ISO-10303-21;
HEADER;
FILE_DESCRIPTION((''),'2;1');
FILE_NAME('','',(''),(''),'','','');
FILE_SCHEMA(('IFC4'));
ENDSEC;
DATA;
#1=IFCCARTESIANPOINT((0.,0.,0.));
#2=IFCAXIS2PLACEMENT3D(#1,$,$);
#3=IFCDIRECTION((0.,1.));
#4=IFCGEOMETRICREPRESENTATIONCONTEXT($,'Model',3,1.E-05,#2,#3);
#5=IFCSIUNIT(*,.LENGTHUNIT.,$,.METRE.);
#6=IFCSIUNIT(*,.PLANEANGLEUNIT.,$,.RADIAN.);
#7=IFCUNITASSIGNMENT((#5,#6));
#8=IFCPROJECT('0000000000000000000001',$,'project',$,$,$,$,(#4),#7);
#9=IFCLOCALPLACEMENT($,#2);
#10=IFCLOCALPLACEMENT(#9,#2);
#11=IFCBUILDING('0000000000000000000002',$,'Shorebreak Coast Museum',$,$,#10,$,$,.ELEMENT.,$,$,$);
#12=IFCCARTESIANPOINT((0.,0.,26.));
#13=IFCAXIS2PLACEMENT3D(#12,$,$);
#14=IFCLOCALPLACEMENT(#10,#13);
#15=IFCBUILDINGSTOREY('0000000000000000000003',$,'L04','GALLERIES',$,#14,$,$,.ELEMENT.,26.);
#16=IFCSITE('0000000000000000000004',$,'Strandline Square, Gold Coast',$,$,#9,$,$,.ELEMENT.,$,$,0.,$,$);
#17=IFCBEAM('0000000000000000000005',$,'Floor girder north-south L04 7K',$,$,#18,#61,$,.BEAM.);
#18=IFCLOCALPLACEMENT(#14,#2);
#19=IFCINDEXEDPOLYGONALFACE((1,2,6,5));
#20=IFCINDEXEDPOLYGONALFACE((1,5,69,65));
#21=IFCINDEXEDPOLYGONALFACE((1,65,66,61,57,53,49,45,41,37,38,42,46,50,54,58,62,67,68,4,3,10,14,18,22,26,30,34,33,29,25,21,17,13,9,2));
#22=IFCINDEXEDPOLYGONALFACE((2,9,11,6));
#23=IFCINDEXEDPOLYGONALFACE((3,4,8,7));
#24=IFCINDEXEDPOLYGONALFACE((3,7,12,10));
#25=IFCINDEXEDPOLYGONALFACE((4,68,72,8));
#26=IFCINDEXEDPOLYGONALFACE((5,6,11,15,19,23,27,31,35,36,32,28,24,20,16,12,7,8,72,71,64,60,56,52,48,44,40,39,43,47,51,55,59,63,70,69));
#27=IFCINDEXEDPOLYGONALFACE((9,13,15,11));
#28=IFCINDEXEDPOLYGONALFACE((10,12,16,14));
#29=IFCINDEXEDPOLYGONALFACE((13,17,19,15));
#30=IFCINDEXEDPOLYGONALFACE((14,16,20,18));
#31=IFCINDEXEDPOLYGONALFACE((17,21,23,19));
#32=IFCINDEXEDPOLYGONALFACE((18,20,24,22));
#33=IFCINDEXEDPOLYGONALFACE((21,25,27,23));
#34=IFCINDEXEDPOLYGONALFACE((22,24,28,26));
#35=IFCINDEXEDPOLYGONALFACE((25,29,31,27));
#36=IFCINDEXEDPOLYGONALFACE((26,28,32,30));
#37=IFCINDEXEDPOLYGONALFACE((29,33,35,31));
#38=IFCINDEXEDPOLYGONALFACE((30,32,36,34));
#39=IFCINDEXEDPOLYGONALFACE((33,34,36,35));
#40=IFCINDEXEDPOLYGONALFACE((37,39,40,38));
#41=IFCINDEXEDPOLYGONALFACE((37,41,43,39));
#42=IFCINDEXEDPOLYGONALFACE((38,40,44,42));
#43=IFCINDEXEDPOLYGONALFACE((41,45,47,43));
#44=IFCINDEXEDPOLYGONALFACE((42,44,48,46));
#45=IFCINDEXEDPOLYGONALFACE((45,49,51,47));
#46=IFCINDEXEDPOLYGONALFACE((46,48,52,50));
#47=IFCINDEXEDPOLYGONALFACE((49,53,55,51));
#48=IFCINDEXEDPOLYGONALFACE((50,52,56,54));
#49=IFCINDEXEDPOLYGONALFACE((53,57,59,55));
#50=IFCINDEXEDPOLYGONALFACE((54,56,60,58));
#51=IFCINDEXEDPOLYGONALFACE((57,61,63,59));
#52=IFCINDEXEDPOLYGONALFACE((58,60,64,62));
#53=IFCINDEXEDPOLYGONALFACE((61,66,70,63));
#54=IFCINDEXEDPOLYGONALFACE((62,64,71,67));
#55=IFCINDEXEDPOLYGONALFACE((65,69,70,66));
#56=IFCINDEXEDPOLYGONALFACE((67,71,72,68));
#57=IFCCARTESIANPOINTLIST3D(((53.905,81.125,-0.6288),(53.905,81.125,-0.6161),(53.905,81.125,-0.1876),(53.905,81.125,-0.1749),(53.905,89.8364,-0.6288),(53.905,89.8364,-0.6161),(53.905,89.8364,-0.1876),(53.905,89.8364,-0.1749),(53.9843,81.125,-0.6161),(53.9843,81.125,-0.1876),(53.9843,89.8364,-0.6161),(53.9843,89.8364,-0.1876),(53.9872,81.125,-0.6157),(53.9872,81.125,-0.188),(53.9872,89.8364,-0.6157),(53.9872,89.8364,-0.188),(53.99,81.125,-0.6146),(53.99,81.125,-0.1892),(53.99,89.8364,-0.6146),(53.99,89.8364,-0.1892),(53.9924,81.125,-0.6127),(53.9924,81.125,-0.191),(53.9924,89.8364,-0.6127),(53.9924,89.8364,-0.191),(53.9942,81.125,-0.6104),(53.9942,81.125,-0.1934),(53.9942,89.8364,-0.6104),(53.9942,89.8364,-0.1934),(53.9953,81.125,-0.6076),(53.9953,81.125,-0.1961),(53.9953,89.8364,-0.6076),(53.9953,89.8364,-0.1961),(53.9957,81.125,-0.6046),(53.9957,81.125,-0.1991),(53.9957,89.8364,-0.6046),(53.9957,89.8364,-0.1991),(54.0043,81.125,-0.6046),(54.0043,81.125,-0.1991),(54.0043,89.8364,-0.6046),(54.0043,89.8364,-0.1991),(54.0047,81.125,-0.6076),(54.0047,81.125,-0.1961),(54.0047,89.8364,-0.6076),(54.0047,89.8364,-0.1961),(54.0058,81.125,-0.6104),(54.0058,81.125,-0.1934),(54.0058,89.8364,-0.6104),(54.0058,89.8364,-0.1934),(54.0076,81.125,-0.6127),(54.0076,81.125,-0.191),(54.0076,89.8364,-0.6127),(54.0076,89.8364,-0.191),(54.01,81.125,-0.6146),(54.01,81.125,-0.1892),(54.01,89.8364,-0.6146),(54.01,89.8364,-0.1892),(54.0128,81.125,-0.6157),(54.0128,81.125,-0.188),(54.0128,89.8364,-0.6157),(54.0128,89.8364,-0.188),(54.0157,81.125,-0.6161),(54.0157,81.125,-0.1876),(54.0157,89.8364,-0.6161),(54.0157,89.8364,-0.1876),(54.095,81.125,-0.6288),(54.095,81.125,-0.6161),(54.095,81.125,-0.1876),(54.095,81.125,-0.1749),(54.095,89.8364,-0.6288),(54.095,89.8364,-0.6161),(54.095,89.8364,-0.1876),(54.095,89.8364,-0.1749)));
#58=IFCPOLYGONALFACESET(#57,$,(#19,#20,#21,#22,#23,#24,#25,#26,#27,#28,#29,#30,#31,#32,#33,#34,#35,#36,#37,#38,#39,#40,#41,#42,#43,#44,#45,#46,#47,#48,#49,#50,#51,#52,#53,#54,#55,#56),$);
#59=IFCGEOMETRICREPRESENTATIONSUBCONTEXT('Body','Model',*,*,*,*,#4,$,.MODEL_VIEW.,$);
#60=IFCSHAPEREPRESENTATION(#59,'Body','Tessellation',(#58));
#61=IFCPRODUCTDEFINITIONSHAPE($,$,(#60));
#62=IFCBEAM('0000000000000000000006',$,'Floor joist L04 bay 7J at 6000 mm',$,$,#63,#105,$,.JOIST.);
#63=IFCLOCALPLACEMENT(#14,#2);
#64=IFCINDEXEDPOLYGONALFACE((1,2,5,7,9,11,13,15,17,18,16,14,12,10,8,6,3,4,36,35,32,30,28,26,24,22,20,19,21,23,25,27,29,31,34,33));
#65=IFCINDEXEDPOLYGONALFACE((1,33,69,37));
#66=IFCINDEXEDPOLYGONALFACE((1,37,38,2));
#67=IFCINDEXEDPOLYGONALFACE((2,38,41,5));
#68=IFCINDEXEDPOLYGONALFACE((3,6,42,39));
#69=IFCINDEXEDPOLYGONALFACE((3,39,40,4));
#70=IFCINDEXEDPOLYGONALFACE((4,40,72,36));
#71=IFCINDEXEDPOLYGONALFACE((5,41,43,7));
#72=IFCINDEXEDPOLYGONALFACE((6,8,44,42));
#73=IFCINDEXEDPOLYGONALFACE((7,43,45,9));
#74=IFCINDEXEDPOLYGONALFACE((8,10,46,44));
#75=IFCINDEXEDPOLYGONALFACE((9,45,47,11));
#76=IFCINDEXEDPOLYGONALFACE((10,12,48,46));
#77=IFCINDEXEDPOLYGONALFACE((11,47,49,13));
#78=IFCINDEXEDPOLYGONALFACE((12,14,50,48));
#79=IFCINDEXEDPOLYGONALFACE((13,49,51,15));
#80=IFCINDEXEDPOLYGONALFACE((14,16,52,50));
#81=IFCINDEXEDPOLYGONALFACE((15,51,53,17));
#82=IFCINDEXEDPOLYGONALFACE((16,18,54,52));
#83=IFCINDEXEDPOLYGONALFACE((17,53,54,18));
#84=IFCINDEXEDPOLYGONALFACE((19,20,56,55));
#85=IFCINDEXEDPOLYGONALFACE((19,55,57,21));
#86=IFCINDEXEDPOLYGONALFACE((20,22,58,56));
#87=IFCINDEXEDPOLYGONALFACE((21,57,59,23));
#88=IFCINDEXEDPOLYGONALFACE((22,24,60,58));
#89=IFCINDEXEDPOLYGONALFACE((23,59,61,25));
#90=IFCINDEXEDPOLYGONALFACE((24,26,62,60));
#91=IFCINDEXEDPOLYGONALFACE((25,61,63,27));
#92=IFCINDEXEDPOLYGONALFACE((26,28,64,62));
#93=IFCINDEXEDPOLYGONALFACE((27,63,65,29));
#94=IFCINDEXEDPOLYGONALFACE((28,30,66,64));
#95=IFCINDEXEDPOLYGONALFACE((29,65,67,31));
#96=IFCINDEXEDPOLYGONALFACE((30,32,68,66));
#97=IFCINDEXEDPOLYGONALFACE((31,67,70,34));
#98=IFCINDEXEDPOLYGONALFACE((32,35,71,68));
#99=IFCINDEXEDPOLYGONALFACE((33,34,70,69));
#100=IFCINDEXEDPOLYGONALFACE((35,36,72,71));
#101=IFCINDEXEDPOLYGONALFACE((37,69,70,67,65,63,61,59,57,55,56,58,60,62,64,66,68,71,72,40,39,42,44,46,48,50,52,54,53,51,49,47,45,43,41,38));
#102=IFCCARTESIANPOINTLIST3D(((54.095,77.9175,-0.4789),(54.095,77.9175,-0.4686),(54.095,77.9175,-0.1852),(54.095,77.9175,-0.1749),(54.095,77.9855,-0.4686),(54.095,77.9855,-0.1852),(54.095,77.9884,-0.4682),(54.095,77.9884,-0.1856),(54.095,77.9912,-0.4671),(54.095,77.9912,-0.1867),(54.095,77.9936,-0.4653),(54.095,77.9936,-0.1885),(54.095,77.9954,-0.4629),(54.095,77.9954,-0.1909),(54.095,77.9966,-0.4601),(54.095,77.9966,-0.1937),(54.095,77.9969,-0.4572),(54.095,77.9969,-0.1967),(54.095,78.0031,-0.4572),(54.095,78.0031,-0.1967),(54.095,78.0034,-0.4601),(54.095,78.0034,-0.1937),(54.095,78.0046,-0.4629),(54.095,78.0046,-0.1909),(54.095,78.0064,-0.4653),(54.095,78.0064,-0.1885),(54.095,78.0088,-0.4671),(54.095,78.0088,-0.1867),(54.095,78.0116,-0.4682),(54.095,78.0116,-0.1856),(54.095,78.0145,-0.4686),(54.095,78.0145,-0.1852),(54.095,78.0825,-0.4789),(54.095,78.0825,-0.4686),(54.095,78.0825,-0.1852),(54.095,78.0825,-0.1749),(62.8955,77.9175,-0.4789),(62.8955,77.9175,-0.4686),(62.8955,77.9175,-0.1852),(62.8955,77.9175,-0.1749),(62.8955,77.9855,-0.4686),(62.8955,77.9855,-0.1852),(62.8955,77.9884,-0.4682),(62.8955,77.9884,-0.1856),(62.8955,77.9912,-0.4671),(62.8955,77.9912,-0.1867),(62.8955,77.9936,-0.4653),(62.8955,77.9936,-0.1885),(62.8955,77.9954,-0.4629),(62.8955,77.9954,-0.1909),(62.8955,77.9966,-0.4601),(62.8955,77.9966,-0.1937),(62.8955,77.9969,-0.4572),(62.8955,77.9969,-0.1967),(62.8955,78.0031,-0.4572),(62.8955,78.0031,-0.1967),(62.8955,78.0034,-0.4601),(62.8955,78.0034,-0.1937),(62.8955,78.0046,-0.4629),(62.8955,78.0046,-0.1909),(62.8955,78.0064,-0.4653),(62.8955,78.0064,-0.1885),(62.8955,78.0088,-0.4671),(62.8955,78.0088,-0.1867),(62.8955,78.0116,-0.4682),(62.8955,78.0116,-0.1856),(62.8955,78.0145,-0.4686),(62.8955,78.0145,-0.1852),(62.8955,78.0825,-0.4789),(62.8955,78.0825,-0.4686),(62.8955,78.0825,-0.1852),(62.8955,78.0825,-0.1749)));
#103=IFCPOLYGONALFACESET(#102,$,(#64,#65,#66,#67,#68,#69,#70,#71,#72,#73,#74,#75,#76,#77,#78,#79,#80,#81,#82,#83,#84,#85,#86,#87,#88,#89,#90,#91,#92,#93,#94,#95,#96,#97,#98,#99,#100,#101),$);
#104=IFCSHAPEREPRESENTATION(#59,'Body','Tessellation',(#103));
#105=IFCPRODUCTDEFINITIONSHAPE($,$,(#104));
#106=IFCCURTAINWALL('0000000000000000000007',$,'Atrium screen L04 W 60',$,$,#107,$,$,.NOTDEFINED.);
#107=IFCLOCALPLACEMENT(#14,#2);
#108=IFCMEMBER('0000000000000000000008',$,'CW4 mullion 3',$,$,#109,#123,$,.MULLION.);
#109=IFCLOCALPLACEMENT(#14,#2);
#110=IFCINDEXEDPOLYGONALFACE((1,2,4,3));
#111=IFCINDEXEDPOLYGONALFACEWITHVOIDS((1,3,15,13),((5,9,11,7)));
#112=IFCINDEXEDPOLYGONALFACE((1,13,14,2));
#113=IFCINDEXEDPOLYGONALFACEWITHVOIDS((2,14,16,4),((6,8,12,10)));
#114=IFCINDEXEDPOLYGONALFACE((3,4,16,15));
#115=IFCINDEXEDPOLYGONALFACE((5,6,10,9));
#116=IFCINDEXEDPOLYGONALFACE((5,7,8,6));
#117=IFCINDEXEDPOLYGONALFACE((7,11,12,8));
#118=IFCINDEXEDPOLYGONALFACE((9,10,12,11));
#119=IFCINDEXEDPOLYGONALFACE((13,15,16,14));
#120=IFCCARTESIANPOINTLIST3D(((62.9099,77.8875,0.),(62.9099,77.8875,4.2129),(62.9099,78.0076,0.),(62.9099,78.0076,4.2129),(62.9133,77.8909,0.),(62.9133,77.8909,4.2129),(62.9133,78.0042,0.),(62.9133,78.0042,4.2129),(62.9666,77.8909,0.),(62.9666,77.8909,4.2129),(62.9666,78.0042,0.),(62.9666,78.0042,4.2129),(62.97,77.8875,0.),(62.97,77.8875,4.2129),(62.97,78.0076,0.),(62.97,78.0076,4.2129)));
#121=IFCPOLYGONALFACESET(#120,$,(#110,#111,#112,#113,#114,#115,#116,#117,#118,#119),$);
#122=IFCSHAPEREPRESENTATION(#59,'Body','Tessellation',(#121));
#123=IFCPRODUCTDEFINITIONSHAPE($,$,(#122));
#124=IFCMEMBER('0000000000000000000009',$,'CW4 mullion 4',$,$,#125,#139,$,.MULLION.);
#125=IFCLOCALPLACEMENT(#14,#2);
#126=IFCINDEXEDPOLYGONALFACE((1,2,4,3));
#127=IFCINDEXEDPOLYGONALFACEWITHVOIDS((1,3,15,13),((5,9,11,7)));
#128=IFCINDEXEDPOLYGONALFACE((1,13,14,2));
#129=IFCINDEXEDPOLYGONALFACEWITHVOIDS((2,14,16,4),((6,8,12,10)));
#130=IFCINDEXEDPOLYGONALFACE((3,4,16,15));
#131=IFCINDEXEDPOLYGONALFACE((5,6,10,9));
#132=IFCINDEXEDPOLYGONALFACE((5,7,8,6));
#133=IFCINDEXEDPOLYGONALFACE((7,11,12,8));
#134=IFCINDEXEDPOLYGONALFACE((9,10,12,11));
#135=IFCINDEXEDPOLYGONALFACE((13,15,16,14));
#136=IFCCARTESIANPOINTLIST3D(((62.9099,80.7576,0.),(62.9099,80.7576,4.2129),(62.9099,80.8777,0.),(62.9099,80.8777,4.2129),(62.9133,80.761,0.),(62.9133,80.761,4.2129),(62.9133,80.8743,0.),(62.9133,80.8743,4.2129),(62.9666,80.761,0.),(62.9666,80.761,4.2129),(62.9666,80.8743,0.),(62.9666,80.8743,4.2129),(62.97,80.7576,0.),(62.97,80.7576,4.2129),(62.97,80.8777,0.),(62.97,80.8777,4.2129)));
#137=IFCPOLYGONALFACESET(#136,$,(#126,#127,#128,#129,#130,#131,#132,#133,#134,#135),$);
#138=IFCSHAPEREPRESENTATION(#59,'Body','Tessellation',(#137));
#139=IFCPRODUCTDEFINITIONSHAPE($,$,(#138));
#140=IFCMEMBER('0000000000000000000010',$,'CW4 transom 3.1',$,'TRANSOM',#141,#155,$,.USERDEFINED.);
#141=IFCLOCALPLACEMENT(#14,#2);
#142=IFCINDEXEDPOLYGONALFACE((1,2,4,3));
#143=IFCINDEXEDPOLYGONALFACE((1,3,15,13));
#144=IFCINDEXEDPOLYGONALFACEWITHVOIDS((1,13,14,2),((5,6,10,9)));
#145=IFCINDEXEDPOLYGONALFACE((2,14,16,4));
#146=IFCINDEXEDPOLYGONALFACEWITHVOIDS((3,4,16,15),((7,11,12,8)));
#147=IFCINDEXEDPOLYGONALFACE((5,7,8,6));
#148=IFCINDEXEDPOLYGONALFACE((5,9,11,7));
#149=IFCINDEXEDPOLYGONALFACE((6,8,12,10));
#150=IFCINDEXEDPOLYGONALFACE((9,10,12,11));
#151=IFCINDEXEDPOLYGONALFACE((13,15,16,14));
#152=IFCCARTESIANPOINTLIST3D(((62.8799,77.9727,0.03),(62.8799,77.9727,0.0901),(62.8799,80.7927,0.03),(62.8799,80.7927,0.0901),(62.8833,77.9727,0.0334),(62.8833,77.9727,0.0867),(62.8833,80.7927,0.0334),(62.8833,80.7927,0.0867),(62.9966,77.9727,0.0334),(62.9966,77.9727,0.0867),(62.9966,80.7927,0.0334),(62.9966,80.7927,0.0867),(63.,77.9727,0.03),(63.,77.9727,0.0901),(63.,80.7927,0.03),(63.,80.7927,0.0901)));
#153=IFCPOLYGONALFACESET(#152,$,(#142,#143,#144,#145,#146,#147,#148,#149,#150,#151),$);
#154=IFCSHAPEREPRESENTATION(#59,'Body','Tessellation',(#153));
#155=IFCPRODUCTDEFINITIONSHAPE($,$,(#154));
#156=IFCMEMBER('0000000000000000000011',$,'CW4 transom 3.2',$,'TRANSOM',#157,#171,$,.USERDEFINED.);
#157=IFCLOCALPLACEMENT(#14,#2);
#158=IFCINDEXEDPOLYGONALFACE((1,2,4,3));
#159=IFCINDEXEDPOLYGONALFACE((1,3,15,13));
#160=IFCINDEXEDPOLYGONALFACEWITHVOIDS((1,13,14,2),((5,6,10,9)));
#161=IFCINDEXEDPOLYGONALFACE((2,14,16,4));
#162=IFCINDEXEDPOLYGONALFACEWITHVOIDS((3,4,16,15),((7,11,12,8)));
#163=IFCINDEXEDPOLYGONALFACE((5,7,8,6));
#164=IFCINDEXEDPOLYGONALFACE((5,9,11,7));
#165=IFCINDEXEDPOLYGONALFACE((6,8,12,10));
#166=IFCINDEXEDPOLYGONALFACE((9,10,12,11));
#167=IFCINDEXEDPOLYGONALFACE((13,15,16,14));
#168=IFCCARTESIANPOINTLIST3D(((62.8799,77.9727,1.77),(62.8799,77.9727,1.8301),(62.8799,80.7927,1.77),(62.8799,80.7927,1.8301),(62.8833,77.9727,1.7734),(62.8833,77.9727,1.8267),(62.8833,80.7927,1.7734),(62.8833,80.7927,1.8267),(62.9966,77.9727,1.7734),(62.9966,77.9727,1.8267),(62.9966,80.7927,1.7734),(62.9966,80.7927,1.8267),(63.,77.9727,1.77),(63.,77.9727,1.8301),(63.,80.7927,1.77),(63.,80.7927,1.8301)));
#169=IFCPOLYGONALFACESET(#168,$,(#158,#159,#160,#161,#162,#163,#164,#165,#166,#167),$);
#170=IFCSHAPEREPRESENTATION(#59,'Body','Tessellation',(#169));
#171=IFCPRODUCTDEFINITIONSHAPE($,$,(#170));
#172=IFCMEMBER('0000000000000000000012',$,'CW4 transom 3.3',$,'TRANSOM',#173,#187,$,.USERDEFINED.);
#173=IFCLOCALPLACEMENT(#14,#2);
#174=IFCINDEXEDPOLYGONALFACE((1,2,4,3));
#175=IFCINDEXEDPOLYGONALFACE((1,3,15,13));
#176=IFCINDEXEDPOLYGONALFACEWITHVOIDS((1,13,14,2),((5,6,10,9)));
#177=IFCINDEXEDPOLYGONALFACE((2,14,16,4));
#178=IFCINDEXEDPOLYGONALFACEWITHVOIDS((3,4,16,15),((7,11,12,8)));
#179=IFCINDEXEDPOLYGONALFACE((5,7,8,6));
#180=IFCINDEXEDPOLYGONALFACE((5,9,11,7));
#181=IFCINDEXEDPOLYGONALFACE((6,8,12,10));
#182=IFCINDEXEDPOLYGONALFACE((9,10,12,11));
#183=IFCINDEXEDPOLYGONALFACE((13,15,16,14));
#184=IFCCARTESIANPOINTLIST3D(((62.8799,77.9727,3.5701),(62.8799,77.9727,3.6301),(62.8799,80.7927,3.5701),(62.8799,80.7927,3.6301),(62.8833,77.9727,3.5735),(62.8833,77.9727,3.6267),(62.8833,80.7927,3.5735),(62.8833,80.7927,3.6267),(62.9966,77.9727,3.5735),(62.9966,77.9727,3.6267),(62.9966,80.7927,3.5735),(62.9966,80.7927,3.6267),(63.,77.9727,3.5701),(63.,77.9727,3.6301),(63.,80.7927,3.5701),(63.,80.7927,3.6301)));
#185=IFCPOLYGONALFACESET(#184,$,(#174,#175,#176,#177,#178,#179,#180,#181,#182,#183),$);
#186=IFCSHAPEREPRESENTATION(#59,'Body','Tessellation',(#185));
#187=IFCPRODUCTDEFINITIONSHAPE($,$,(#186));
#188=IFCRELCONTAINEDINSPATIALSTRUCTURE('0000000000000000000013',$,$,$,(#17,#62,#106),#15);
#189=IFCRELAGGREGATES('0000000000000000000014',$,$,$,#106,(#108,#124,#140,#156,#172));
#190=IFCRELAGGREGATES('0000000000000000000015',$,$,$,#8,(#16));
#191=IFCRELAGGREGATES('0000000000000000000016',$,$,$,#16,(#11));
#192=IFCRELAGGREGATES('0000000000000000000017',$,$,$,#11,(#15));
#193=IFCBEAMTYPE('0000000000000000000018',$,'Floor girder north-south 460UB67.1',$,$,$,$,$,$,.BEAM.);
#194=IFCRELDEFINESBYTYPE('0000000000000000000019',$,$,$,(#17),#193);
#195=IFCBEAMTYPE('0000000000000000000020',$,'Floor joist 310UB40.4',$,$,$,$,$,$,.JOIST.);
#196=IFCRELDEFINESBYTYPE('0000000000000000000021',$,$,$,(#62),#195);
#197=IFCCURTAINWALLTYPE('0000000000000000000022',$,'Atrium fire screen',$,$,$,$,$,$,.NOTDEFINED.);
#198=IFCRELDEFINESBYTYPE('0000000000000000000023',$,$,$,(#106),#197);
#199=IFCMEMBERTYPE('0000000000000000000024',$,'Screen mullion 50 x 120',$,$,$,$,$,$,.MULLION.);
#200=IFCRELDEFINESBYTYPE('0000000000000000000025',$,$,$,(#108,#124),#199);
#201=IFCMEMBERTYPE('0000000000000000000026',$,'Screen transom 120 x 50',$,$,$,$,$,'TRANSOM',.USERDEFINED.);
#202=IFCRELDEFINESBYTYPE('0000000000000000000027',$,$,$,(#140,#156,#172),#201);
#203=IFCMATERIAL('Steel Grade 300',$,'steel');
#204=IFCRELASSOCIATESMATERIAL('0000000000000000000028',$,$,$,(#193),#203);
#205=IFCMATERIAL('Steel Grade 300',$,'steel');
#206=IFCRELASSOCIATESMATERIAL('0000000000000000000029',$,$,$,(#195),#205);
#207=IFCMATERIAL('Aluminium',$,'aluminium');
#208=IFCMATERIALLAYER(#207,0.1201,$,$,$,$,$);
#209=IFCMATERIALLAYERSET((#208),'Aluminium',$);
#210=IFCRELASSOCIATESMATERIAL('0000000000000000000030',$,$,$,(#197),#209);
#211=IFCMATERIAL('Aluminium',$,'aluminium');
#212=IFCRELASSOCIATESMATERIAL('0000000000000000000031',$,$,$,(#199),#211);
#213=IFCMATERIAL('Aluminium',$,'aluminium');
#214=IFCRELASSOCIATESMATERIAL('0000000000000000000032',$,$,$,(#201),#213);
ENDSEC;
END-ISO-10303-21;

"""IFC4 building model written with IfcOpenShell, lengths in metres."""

from ifc_helpers import new_model, si_unit, direction, frame, origin, origin_2d, place, context, subcontext, project, spatial, hollow_rectangle, i_section, extrude, material, layer, layer_set, material_profile, profile_set, type_object, element, aggregate, save


model = new_model("IFC4")

# Units and contexts
model_context = context("Model", 3, precision=1e-05, world=origin(), true_north=direction((0.0, 1.0)))
body_context = subcontext(model_context, "Body", "Model", "MODEL_VIEW")
ifc_project = project(units=[si_unit("LENGTHUNIT", "METRE"), si_unit("PLANEANGLEUNIT", "RADIAN")], contexts=[model_context])

# Site, building, storey
site_placement = place(None, origin())
site = spatial("IfcSite", under=ifc_project, at=site_placement, Name="Strandline Square, Gold Coast", CompositionType="ELEMENT", RefElevation=0.0)
building_placement = place(site_placement, origin())
building = spatial("IfcBuilding", under=site, at=building_placement, Name="Shorebreak Coast Museum", CompositionType="ELEMENT")
storey_placement = place(building_placement, frame((0.0, 0.0, 26.0)))
storey = spatial("IfcBuildingStorey", under=building, at=storey_placement, Name="L04", Description="GALLERIES", CompositionType="ELEMENT", Elevation=26.0)

# Beams
ifc_material_1 = material(Name="Steel Grade 300", Category="steel")
ifc_material_profile_1 = material_profile(ifc_material_1, i_section(OverallWidth=0.1899, OverallDepth=0.4539, WebThickness=0.0085, FlangeThickness=0.0127, FilletRadius=0.0115, at=origin_2d()), Name="460UB67.1")
ifc_profile_set_1 = profile_set([ifc_material_profile_1], Name="Steel Grade 300")
beam_type_1 = type_object("IfcBeamType", Name="Floor girder north-south 460UB67.1", PredefinedType="BEAM", material=ifc_profile_set_1)
beam_1_placement = place(storey_placement, frame((54.0, 81.125, -0.4019), z_axis=(0.0, 1.0, 0.0), x_axis=(-1.0, 0.0, 0.0)))
element("IfcBeam", 1, at=beam_1_placement, inside=storey, type_object=beam_type_1, Name="Floor girder north-south L04 7K", PredefinedType="BEAM", context=body_context, shape_type="SweptSolid", body=[
    extrude(i_section(OverallWidth=0.1899, OverallDepth=0.4539, WebThickness=0.0085, FlangeThickness=0.0127, FilletRadius=0.0115, at=origin_2d()), origin(), (0.0, 0.0, 1.0), 8.7114),
])
ifc_material_2 = material(Name="Steel Grade 300", Category="steel")
ifc_material_profile_2 = material_profile(ifc_material_2, i_section(OverallWidth=0.165, OverallDepth=0.304, WebThickness=0.0061, FlangeThickness=0.0103, FilletRadius=0.0115, at=origin_2d()), Name="310UB40.4")
ifc_profile_set_2 = profile_set([ifc_material_profile_2], Name="Steel Grade 300")
beam_type_2 = type_object("IfcBeamType", Name="Floor joist 310UB40.4", PredefinedType="JOIST", material=ifc_profile_set_2)
beam_2_placement = place(storey_placement, frame((54.095, 78.0, -0.3269), z_axis=(1.0, 0.0, 0.0), x_axis=(0.0, 1.0, 0.0)))
element("IfcBeam", 2, at=beam_2_placement, inside=storey, type_object=beam_type_2, Name="Floor joist L04 bay 7J at 6000 mm", PredefinedType="JOIST", context=body_context, shape_type="SweptSolid", body=[
    extrude(i_section(OverallWidth=0.165, OverallDepth=0.304, WebThickness=0.0061, FlangeThickness=0.0103, FilletRadius=0.0115, at=origin_2d()), origin(), (0.0, 0.0, 1.0), 8.8005),
])

# Curtain wall, members
ifc_material_3 = material(Name="Aluminium", Category="aluminium")
ifc_layer_1 = layer(ifc_material_3, 0.1201)
ifc_layer_set_1 = layer_set([ifc_layer_1], Name="Aluminium")
curtain_wall_type_1 = type_object("IfcCurtainWallType", Name="Atrium fire screen", PredefinedType="NOTDEFINED", material=ifc_layer_set_1)
curtain_wall_1_placement = place(storey_placement, origin())
curtain_wall_1 = element("IfcCurtainWall", 3, at=curtain_wall_1_placement, inside=storey, type_object=curtain_wall_type_1, Name="Atrium screen L04 W 60", PredefinedType="NOTDEFINED")
ifc_material_4 = material(Name="Aluminium", Category="aluminium")
ifc_material_profile_3 = material_profile(ifc_material_4, hollow_rectangle(XDim=0.0601, YDim=0.1201, WallThickness=0.0034, at=origin_2d()), Name="AL 120x60 RHS")
ifc_profile_set_3 = profile_set([ifc_material_profile_3], Name="Aluminium")
member_type_1 = type_object("IfcMemberType", Name="Screen mullion 50 x 120", PredefinedType="MULLION", material=ifc_profile_set_3)
member_1_placement = place(storey_placement, frame((62.9399, 77.9475, 0.0), z_axis=(0.0, 0.0, 1.0), x_axis=(-1.0, 0.0, 0.0)))
member_1 = element("IfcMember", 4, at=member_1_placement, type_object=member_type_1, Name="CW4 mullion 3", PredefinedType="MULLION", context=body_context, shape_type="SweptSolid", body=[
    extrude(hollow_rectangle(XDim=0.0601, YDim=0.1201, WallThickness=0.0034, at=origin_2d()), origin(), (0.0, 0.0, 1.0), 4.2129),
])
member_2_placement = place(storey_placement, frame((62.9399, 80.8176, 0.0), z_axis=(0.0, 0.0, 1.0), x_axis=(-1.0, 0.0, 0.0)))
member_2 = element("IfcMember", 5, at=member_2_placement, type_object=member_type_1, Name="CW4 mullion 4", PredefinedType="MULLION", context=body_context, shape_type="SweptSolid", body=[
    extrude(hollow_rectangle(XDim=0.0601, YDim=0.1201, WallThickness=0.0034, at=origin_2d()), origin(), (0.0, 0.0, 1.0), 4.2129),
])
ifc_material_5 = material(Name="Aluminium", Category="aluminium")
ifc_material_profile_4 = material_profile(ifc_material_5, hollow_rectangle(XDim=0.1201, YDim=0.0601, WallThickness=0.0034, at=origin_2d()), Name="AL 60x120 RHS")
ifc_profile_set_4 = profile_set([ifc_material_profile_4], Name="Aluminium")
member_type_2 = type_object("IfcMemberType", Name="Screen transom 120 x 50", ElementType="TRANSOM", PredefinedType="USERDEFINED", material=ifc_profile_set_4)
member_3_placement = place(storey_placement, frame((62.9399, 77.9727, 0.0601), z_axis=(0.0, 1.0, 0.0), x_axis=(-1.0, 0.0, 0.0)))
member_3 = element("IfcMember", 6, at=member_3_placement, type_object=member_type_2, Name="CW4 transom 3.1", ObjectType="TRANSOM", PredefinedType="USERDEFINED", context=body_context, shape_type="SweptSolid", body=[
    extrude(hollow_rectangle(XDim=0.1201, YDim=0.0601, WallThickness=0.0034, at=origin_2d()), origin(), (0.0, 0.0, 1.0), 2.8201),
])
member_4_placement = place(storey_placement, frame((62.9399, 77.9727, 1.8), z_axis=(0.0, 1.0, 0.0), x_axis=(-1.0, 0.0, 0.0)))
member_4 = element("IfcMember", 7, at=member_4_placement, type_object=member_type_2, Name="CW4 transom 3.2", ObjectType="TRANSOM", PredefinedType="USERDEFINED", context=body_context, shape_type="SweptSolid", body=[
    extrude(hollow_rectangle(XDim=0.1201, YDim=0.0601, WallThickness=0.0034, at=origin_2d()), origin(), (0.0, 0.0, 1.0), 2.8201),
])
member_5_placement = place(storey_placement, frame((62.9399, 77.9727, 3.6001), z_axis=(0.0, 1.0, 0.0), x_axis=(-1.0, 0.0, 0.0)))
member_5 = element("IfcMember", 8, at=member_5_placement, type_object=member_type_2, Name="CW4 transom 3.3", ObjectType="TRANSOM", PredefinedType="USERDEFINED", context=body_context, shape_type="SweptSolid", body=[
    extrude(hollow_rectangle(XDim=0.1201, YDim=0.0601, WallThickness=0.0034, at=origin_2d()), origin(), (0.0, 0.0, 1.0), 2.8201),
])

aggregate(curtain_wall_1, [member_1, member_2, member_3, member_4, member_5])

save(model, "model.ifc")
